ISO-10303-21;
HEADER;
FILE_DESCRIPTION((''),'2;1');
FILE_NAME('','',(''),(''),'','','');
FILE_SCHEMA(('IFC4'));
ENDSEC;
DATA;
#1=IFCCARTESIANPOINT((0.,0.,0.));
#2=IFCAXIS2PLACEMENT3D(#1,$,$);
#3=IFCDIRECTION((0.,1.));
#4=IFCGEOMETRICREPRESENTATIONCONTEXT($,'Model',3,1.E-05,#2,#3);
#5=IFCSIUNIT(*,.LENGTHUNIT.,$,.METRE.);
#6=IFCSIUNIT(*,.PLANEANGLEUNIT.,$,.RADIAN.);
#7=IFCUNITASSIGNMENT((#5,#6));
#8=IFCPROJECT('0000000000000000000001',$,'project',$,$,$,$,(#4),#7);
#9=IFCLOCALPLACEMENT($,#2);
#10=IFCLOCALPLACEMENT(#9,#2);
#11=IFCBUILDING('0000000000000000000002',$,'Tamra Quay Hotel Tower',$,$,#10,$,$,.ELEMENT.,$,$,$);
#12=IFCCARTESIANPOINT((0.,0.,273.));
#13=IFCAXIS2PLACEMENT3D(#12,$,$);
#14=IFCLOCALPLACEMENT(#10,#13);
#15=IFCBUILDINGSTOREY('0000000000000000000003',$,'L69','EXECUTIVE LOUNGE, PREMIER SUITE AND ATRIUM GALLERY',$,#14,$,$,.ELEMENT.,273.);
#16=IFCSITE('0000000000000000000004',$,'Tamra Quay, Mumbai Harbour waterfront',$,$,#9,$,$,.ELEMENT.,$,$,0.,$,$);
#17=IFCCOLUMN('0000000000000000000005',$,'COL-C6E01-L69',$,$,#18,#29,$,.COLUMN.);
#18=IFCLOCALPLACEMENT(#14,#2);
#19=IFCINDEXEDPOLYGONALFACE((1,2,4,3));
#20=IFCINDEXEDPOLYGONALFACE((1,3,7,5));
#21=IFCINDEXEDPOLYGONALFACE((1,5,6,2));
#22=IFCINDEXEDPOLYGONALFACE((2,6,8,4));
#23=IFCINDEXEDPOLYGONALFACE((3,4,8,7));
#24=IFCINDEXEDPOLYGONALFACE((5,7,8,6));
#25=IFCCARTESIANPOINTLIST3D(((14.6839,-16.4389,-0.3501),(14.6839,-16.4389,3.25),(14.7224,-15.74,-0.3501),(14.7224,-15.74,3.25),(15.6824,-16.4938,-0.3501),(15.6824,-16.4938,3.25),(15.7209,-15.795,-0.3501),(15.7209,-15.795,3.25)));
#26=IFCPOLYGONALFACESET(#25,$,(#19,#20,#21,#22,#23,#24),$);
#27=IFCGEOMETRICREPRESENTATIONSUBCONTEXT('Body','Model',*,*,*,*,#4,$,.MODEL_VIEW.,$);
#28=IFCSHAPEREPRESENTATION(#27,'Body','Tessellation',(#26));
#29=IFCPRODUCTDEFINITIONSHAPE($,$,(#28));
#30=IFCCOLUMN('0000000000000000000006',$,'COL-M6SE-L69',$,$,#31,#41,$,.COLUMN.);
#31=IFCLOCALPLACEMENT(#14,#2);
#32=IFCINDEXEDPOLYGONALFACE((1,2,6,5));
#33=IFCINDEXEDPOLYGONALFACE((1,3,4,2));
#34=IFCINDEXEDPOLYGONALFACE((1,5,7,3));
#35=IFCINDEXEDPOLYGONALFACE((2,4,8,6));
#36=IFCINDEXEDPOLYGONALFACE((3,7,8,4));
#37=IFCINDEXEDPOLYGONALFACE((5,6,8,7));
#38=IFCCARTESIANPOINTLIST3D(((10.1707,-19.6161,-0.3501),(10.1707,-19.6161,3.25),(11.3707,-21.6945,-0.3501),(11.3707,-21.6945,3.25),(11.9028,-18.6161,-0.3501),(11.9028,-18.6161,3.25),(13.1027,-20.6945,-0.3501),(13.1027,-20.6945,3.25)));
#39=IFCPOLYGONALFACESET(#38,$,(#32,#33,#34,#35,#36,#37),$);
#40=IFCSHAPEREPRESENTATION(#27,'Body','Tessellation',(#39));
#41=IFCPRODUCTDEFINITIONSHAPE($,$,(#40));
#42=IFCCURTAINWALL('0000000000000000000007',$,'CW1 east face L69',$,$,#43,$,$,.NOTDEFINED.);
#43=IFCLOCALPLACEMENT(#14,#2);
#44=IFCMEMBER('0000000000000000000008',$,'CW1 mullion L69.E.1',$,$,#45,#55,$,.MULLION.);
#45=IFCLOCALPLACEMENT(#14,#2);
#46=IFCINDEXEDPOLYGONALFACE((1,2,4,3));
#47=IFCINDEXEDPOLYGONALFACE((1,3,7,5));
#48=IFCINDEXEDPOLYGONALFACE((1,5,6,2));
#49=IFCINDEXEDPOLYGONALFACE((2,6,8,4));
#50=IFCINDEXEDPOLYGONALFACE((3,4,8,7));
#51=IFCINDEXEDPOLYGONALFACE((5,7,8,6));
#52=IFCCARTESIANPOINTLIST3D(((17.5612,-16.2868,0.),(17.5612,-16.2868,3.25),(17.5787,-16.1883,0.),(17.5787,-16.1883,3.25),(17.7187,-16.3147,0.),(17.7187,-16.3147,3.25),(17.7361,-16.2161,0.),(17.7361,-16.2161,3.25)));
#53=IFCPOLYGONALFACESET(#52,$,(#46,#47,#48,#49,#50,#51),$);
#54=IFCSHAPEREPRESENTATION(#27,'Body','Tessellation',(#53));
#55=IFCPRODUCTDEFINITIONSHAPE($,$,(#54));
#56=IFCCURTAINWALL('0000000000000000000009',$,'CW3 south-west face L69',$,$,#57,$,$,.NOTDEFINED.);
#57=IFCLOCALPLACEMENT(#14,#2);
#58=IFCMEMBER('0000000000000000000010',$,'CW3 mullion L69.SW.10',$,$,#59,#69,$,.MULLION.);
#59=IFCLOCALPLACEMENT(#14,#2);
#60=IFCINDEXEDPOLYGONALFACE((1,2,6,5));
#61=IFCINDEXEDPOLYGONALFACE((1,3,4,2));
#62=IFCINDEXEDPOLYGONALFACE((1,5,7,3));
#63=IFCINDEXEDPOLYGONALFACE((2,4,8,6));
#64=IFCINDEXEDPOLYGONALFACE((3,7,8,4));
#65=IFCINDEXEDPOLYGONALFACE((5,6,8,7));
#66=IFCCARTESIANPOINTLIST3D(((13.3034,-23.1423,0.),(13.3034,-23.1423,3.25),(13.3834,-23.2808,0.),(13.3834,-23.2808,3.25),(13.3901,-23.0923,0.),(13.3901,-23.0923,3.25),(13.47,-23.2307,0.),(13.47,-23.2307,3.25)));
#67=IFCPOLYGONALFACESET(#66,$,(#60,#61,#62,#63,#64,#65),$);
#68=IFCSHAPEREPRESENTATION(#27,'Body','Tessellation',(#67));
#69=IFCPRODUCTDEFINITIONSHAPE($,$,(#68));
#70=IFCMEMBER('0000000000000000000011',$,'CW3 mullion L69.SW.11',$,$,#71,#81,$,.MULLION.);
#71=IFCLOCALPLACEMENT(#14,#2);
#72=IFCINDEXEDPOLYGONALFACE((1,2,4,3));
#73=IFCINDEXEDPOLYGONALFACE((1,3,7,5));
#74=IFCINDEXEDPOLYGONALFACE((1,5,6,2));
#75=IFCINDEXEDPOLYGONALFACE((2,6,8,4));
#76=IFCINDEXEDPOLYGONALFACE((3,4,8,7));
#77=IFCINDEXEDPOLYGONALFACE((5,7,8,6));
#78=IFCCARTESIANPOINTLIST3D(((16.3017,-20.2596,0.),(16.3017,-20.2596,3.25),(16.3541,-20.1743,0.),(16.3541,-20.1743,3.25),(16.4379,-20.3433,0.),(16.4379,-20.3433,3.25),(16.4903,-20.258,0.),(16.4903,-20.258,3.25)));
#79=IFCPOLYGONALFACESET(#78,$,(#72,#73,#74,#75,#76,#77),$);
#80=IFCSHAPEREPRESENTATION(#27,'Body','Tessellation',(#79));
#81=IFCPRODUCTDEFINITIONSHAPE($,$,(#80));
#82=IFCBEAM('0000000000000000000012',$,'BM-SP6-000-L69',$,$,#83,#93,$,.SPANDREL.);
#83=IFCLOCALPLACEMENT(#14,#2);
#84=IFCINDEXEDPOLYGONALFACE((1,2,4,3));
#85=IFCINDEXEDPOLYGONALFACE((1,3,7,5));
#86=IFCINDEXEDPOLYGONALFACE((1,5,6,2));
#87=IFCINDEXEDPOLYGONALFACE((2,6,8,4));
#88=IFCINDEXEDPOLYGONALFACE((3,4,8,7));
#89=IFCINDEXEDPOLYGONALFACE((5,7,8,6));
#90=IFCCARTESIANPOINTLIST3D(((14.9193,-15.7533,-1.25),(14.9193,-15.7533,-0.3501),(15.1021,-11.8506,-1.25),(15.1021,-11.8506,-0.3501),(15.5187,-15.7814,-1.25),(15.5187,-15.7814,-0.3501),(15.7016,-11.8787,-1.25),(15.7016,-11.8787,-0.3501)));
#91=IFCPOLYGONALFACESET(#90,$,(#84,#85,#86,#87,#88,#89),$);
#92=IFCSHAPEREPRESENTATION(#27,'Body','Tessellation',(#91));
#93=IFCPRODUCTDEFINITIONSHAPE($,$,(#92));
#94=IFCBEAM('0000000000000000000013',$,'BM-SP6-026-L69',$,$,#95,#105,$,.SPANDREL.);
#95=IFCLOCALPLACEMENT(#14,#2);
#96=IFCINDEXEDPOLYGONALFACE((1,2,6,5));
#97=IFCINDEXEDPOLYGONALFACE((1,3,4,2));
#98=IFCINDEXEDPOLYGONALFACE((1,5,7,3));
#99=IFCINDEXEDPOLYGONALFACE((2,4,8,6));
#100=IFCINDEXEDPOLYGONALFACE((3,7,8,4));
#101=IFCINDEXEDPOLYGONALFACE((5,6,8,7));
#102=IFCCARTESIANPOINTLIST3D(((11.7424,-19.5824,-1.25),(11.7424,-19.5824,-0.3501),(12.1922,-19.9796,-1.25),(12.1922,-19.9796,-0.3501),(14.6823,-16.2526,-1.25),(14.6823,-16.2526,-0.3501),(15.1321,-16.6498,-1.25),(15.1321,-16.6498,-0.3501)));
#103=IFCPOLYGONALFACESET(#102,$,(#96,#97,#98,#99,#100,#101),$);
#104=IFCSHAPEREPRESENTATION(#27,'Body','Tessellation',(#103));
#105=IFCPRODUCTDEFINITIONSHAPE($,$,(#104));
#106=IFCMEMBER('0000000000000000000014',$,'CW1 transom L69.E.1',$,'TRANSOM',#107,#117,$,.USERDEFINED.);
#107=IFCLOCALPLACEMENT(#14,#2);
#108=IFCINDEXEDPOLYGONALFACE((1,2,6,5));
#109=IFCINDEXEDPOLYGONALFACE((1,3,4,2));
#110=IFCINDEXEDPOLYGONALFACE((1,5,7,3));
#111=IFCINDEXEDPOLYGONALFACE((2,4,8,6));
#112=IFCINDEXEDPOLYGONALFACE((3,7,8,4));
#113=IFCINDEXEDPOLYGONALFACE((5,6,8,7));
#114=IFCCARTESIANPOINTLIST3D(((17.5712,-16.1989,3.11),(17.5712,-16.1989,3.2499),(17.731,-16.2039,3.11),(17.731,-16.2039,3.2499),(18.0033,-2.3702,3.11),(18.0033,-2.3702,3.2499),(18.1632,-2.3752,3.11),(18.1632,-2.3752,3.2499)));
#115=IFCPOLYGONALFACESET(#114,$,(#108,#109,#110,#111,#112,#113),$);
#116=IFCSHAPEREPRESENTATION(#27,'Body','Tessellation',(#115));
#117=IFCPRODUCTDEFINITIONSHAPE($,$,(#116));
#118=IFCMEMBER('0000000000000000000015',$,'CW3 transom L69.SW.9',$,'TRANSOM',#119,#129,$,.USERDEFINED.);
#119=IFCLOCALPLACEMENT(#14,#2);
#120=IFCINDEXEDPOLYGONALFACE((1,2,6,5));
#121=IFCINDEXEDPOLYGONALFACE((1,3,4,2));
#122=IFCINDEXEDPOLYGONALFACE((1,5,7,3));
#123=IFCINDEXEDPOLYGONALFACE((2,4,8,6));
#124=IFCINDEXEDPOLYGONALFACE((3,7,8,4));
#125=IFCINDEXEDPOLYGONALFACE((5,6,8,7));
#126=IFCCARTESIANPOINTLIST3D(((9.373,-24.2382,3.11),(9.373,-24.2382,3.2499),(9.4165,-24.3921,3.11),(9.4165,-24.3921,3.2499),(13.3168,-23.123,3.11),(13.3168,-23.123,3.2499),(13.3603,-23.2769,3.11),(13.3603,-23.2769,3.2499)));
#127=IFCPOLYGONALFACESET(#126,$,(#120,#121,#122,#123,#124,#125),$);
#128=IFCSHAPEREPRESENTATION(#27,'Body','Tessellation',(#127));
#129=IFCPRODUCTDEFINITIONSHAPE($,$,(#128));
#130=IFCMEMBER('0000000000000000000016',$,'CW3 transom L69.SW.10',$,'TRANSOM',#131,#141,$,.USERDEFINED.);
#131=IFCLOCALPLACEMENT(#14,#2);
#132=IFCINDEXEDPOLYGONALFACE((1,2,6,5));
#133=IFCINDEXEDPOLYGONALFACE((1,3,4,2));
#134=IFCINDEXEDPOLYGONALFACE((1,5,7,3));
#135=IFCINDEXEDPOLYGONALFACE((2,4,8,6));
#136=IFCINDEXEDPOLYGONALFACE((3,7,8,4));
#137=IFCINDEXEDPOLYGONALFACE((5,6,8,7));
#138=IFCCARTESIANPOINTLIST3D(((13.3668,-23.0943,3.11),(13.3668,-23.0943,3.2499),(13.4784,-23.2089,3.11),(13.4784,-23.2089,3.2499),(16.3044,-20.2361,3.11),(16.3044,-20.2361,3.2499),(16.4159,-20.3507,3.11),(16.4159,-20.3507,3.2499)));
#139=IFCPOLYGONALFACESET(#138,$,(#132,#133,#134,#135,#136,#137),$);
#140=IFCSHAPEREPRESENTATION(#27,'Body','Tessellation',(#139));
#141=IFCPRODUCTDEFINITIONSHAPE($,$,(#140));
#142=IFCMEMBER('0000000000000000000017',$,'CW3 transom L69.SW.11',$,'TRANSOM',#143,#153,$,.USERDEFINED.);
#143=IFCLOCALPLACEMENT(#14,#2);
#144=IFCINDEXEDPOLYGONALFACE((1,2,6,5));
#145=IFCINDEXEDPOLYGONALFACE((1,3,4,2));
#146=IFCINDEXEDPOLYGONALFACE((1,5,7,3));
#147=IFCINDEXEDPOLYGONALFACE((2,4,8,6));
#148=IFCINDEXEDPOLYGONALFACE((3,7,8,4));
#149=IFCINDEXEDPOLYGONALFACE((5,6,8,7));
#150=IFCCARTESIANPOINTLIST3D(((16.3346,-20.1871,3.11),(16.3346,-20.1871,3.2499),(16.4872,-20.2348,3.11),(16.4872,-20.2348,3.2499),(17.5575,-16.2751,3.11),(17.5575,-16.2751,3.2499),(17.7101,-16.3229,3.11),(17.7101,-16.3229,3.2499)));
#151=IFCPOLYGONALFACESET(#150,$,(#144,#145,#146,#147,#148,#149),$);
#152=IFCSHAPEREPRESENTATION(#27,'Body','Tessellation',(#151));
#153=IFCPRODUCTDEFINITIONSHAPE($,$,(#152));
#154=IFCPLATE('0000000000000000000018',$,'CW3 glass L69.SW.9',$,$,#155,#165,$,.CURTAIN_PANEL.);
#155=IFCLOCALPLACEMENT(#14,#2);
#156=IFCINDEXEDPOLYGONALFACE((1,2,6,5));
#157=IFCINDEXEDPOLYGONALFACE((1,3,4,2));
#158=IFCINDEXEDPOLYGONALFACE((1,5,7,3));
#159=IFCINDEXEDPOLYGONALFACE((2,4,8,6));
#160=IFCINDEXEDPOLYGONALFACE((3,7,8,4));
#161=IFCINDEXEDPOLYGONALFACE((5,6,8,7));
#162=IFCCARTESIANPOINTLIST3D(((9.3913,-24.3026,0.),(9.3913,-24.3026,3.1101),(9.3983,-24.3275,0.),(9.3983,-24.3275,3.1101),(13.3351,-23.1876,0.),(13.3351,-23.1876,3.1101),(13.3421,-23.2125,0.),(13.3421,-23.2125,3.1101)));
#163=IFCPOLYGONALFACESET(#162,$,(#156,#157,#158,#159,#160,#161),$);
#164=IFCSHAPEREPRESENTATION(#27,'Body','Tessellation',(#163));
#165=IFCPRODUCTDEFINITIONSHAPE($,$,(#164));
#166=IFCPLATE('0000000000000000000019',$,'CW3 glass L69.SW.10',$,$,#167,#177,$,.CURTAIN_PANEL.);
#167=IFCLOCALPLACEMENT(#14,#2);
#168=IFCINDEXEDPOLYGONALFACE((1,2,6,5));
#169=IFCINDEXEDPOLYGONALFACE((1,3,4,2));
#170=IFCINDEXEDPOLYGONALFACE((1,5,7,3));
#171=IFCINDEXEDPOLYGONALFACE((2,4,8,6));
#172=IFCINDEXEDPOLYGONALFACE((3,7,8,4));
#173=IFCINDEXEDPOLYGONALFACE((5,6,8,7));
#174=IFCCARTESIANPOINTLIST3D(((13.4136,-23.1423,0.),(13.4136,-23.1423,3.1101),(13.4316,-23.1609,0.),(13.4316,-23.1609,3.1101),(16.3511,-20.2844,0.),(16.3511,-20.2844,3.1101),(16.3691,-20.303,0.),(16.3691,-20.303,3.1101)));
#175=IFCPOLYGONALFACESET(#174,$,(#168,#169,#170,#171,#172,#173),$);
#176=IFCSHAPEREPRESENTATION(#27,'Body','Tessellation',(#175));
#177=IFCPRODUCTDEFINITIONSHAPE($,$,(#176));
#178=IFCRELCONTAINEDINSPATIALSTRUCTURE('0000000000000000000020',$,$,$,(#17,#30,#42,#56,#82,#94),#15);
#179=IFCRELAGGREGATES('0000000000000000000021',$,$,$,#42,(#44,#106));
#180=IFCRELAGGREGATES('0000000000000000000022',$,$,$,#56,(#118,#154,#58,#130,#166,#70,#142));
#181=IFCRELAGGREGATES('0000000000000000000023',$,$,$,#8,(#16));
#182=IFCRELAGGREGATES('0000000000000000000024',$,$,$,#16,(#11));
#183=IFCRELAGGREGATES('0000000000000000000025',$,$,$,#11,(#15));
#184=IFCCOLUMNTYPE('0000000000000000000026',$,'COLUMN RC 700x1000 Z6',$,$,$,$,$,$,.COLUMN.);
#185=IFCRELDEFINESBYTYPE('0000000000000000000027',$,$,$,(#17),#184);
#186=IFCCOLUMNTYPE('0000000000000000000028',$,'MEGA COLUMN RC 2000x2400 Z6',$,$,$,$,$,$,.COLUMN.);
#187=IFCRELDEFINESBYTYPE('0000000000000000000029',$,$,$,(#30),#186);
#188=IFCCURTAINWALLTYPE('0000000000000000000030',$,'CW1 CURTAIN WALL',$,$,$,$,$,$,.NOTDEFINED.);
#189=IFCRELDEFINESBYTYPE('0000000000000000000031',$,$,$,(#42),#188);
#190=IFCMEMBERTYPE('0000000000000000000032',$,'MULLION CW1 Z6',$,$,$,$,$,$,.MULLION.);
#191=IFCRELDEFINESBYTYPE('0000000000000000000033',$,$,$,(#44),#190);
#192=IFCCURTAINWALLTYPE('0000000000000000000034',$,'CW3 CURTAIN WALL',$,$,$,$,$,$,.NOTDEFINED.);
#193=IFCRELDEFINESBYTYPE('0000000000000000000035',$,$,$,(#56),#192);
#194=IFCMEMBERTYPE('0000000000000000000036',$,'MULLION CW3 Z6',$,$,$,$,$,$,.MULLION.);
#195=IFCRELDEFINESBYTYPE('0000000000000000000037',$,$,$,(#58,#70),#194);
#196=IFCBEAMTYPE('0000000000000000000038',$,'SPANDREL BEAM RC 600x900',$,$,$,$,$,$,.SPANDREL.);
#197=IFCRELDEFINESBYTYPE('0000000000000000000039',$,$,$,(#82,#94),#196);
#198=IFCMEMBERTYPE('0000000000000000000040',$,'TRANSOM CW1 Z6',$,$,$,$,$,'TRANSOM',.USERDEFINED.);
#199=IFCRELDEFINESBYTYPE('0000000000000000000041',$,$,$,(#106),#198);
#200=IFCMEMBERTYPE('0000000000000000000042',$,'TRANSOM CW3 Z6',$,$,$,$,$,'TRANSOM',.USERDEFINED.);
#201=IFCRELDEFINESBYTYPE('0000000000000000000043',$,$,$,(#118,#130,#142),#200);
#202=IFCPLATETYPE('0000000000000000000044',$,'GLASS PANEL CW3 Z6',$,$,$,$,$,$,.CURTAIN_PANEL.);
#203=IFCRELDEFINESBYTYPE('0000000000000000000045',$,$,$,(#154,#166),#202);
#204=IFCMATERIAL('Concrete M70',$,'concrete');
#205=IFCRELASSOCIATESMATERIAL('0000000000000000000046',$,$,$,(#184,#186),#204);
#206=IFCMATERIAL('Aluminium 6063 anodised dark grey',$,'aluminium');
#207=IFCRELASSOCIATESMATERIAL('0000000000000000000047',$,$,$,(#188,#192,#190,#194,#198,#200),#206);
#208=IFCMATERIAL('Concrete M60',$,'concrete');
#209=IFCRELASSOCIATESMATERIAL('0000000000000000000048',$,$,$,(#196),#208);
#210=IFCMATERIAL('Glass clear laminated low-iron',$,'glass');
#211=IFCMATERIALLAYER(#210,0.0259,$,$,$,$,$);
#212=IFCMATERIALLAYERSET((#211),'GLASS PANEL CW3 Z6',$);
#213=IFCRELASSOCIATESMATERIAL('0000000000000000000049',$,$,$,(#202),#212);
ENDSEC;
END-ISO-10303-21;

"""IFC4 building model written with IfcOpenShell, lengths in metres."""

from ifc_helpers import new_model, si_unit, direction, frame, origin, origin_2d, place, context, subcontext, project, spatial, rectangle, extrude, material, layer, layer_set, material_profile, profile_set, type_object, element, aggregate, save


model = new_model("IFC4")

# Units and contexts
model_context = context("Model", 3, precision=1e-05, world=origin(), true_north=direction((0.0, 1.0)))
body_context = subcontext(model_context, "Body", "Model", "MODEL_VIEW")
ifc_project = project(units=[si_unit("LENGTHUNIT", "METRE"), si_unit("PLANEANGLEUNIT", "RADIAN")], contexts=[model_context])

# Site, building, storey
site_placement = place(None, origin())
site = spatial("IfcSite", under=ifc_project, at=site_placement, Name="Tamra Quay, Mumbai Harbour waterfront", CompositionType="ELEMENT", RefElevation=0.0)
building_placement = place(site_placement, origin())
building = spatial("IfcBuilding", under=site, at=building_placement, Name="Tamra Quay Hotel Tower", CompositionType="ELEMENT")
storey_placement = place(building_placement, frame((0.0, 0.0, 273.0)))
storey = spatial("IfcBuildingStorey", under=building, at=storey_placement, Name="L69", Description="EXECUTIVE LOUNGE, PREMIER SUITE AND ATRIUM GALLERY", CompositionType="ELEMENT", Elevation=273.0)

# Columns
ifc_material_1 = material(Name="Concrete M70", Category="concrete")
ifc_material_profile_1 = material_profile(ifc_material_1, rectangle(XDim=1.0, YDim=0.7, at=origin_2d()), Name="COLUMN RC 700x1000 Z6")
ifc_profile_set_1 = profile_set([ifc_material_profile_1], Name="Concrete M70")
column_type_1 = type_object("IfcColumnType", Name="COLUMN RC 700x1000 Z6", PredefinedType="COLUMN", material=ifc_profile_set_1)
column_1_placement = place(storey_placement, frame((15.2024, -16.1169, -0.3501), z_axis=(0.0, 0.0, 1.0), x_axis=(-0.998491, 0.054917, 0.0)))
element("IfcColumn", 1, at=column_1_placement, inside=storey, type_object=column_type_1, Name="COL-C6E01-L69", PredefinedType="COLUMN", context=body_context, shape_type="SweptSolid", body=[
    extrude(rectangle(XDim=1.0, YDim=0.7, at=origin_2d()), origin(), (0.0, 0.0, 1.0), 3.6001),
])
ifc_material_profile_2 = material_profile(ifc_material_1, rectangle(XDim=2.3999, YDim=2.0, at=origin_2d()), Name="MEGA COLUMN RC 2000x2400 Z6")
ifc_profile_set_2 = profile_set([ifc_material_profile_2], Name="Concrete M70")
column_type_2 = type_object("IfcColumnType", Name="MEGA COLUMN RC 2000x2400 Z6", PredefinedType="COLUMN", material=ifc_profile_set_2)
column_2_placement = place(storey_placement, frame((11.6367, -20.1553, -0.3501), z_axis=(0.0, 0.0, 1.0), x_axis=(-0.5, 0.866025, 0.0)))
element("IfcColumn", 2, at=column_2_placement, inside=storey, type_object=column_type_2, Name="COL-M6SE-L69", PredefinedType="COLUMN", context=body_context, shape_type="SweptSolid", body=[
    extrude(rectangle(XDim=2.3999, YDim=2.0, at=origin_2d()), origin(), (0.0, 0.0, 1.0), 3.6001),
])

# Curtain wall, member
ifc_material_2 = material(Name="Aluminium 6063 anodised dark grey", Category="aluminium")
curtain_wall_type_1 = type_object("IfcCurtainWallType", Name="CW1 CURTAIN WALL", PredefinedType="NOTDEFINED", material=ifc_material_2)
curtain_wall_1_placement = place(storey_placement, origin())
curtain_wall_1 = element("IfcCurtainWall", 3, at=curtain_wall_1_placement, inside=storey, type_object=curtain_wall_type_1, Name="CW1 east face L69", PredefinedType="NOTDEFINED")
ifc_material_profile_3 = material_profile(ifc_material_2, rectangle(XDim=0.1599, YDim=0.1001, at=origin_2d()), Name="MULLION 100X160")
ifc_profile_set_3 = profile_set([ifc_material_profile_3], Name="Aluminium 6063 anodised dark grey")
member_type_1 = type_object("IfcMemberType", Name="MULLION CW1 Z6", PredefinedType="MULLION", material=ifc_profile_set_3)
member_1_placement = place(storey_placement, frame((17.6487, -16.2515, 0.0), z_axis=(0.0, 0.0, 1.0), x_axis=(0.98474, -0.174032, 0.0)))
member_1 = element("IfcMember", 4, at=member_1_placement, type_object=member_type_1, Name="CW1 mullion L69.E.1", PredefinedType="MULLION", context=body_context, shape_type="SweptSolid", body=[
    extrude(rectangle(XDim=0.1599, YDim=0.1001, at=origin_2d()), origin(), (0.0, 0.0, 1.0), 3.25),
])

# Curtain wall, members
curtain_wall_type_2 = type_object("IfcCurtainWallType", Name="CW3 CURTAIN WALL", PredefinedType="NOTDEFINED", material=ifc_material_2)
curtain_wall_2_placement = place(storey_placement, origin())
curtain_wall_2 = element("IfcCurtainWall", 5, at=curtain_wall_2_placement, inside=storey, type_object=curtain_wall_type_2, Name="CW3 south-west face L69", PredefinedType="NOTDEFINED")
ifc_material_profile_4 = material_profile(ifc_material_2, rectangle(XDim=0.1599, YDim=0.1001, at=origin_2d()), Name="MULLION 100X160")
ifc_profile_set_4 = profile_set([ifc_material_profile_4], Name="Aluminium 6063 anodised dark grey")
member_type_2 = type_object("IfcMemberType", Name="MULLION CW3 Z6", PredefinedType="MULLION", material=ifc_profile_set_4)
member_2_placement = place(storey_placement, frame((13.3867, -23.1865, 0.0), z_axis=(0.0, 0.0, 1.0), x_axis=(0.5, -0.866025, 0.0)))
member_2 = element("IfcMember", 6, at=member_2_placement, type_object=member_type_2, Name="CW3 mullion L69.SW.10", PredefinedType="MULLION", context=body_context, shape_type="SweptSolid", body=[
    extrude(rectangle(XDim=0.1599, YDim=0.1001, at=origin_2d()), origin(), (0.0, 0.0, 1.0), 3.25),
])
member_3_placement = place(storey_placement, frame((16.396, -20.2588, 0.0), z_axis=(0.0, 0.0, 1.0), x_axis=(0.851964, -0.5236, 0.0)))
member_3 = element("IfcMember", 7, at=member_3_placement, type_object=member_type_2, Name="CW3 mullion L69.SW.11", PredefinedType="MULLION", context=body_context, shape_type="SweptSolid", body=[
    extrude(rectangle(XDim=0.1599, YDim=0.1001, at=origin_2d()), origin(), (0.0, 0.0, 1.0), 3.25),
])

# Beams
ifc_material_3 = material(Name="Concrete M60", Category="concrete")
ifc_material_profile_5 = material_profile(ifc_material_3, rectangle(XDim=0.6001, YDim=0.8999, at=origin_2d()), Name="SPANDREL BEAM RC 600x900")
ifc_profile_set_5 = profile_set([ifc_material_profile_5], Name="Concrete M60")
beam_type = type_object("IfcBeamType", Name="SPANDREL BEAM RC 600x900", PredefinedType="SPANDREL", material=ifc_profile_set_5)
beam_1_placement = place(storey_placement, frame((15.219, -15.7673, -0.8), z_axis=(0.046805, 0.998904, 0.0), x_axis=(-0.998904, 0.046805, 0.0)))
element("IfcBeam", 8, at=beam_1_placement, inside=storey, type_object=beam_type, Name="BM-SP6-000-L69", PredefinedType="SPANDREL", context=body_context, shape_type="SweptSolid", body=[
    extrude(rectangle(XDim=0.6001, YDim=0.8999, at=origin_2d()), origin(), (0.0, 0.0, 1.0), 3.907),
])
beam_2_placement = place(storey_placement, frame((11.9673, -19.781, -0.8), z_axis=(0.661856, 0.749631, 0.0), x_axis=(-0.749631, 0.661856, 0.0)))
element("IfcBeam", 9, at=beam_2_placement, inside=storey, type_object=beam_type, Name="BM-SP6-026-L69", PredefinedType="SPANDREL", context=body_context, shape_type="SweptSolid", body=[
    extrude(rectangle(XDim=0.6001, YDim=0.8999, at=origin_2d()), origin(), (0.0, 0.0, 1.0), 4.4419),
])

# Members
ifc_material_profile_6 = material_profile(ifc_material_2, rectangle(XDim=0.1599, YDim=0.1399, at=origin_2d()), Name="TRANSOM 160X140")
ifc_profile_set_6 = profile_set([ifc_material_profile_6], Name="Aluminium 6063 anodised dark grey")
member_type_3 = type_object("IfcMemberType", Name="TRANSOM CW1 Z6", ElementType="TRANSOM", PredefinedType="USERDEFINED", material=ifc_profile_set_6)
member_4_placement = place(storey_placement, frame((17.6511, -16.2014, 3.1799), z_axis=(0.031234, 0.999512, 0.0), x_axis=(-0.999512, 0.031234, 0.0)))
member_4 = element("IfcMember", 10, at=member_4_placement, type_object=member_type_3, Name="CW1 transom L69.E.1", ObjectType="TRANSOM", PredefinedType="USERDEFINED", context=body_context, shape_type="SweptSolid", body=[
    extrude(rectangle(XDim=0.1599, YDim=0.1399, at=origin_2d()), origin(), (0.0, 0.0, 1.0), 13.8354),
])
aggregate(curtain_wall_1, [member_1, member_4])
ifc_material_profile_7 = material_profile(ifc_material_2, rectangle(XDim=0.1599, YDim=0.1399, at=origin_2d()), Name="TRANSOM 160X140")
ifc_profile_set_7 = profile_set([ifc_material_profile_7], Name="Aluminium 6063 anodised dark grey")
member_type_4 = type_object("IfcMemberType", Name="TRANSOM CW3 Z6", ElementType="TRANSOM", PredefinedType="USERDEFINED", material=ifc_profile_set_7)
member_5_placement = place(storey_placement, frame((9.3948, -24.3152, 3.1799), z_axis=(0.962267, 0.272108, 0.0), x_axis=(-0.272108, 0.962267, 0.0)))
member_5 = element("IfcMember", 11, at=member_5_placement, type_object=member_type_4, Name="CW3 transom L69.SW.9", ObjectType="TRANSOM", PredefinedType="USERDEFINED", context=body_context, shape_type="SweptSolid", body=[
    extrude(rectangle(XDim=0.1599, YDim=0.1399, at=origin_2d()), origin(), (0.0, 0.0, 1.0), 4.0984),
])
member_6_placement = place(storey_placement, frame((13.4226, -23.1516, 3.1799), z_axis=(0.71672, 0.697361, 0.0), x_axis=(-0.697361, 0.71672, 0.0)))
member_6 = element("IfcMember", 12, at=member_6_placement, type_object=member_type_4, Name="CW3 transom L69.SW.10", ObjectType="TRANSOM", PredefinedType="USERDEFINED", context=body_context, shape_type="SweptSolid", body=[
    extrude(rectangle(XDim=0.1599, YDim=0.1399, at=origin_2d()), origin(), (0.0, 0.0, 1.0), 4.0986),
])
member_7_placement = place(storey_placement, frame((16.4109, -20.2109, 3.1799), z_axis=(0.298373, 0.954449, 0.0), x_axis=(-0.954449, 0.298373, 0.0)))
member_7 = element("IfcMember", 13, at=member_7_placement, type_object=member_type_4, Name="CW3 transom L69.SW.11", ObjectType="TRANSOM", PredefinedType="USERDEFINED", context=body_context, shape_type="SweptSolid", body=[
    extrude(rectangle(XDim=0.1599, YDim=0.1399, at=origin_2d()), origin(), (0.0, 0.0, 1.0), 4.0986),
])

# Plates
ifc_material_4 = material(Name="Glass clear laminated low-iron", Category="glass")
ifc_layer_1 = layer(ifc_material_4, 0.0259)
ifc_layer_set_1 = layer_set([ifc_layer_1], Name="GLASS PANEL CW3 Z6")
plate_type = type_object("IfcPlateType", Name="GLASS PANEL CW3 Z6", PredefinedType="CURTAIN_PANEL", material=ifc_layer_set_1)
plate_1_placement = place(storey_placement, frame((11.3667, -23.7576, 0.0), z_axis=(0.0, 0.0, 1.0), x_axis=(0.96228, 0.272062, 0.0)))
plate_1 = element("IfcPlate", 14, at=plate_1_placement, type_object=plate_type, Name="CW3 glass L69.SW.9", PredefinedType="CURTAIN_PANEL", context=body_context, shape_type="SweptSolid", body=[
    extrude(rectangle(XDim=4.0984, YDim=0.0259, at=origin_2d()), origin(), (0.0, 0.0, 1.0), 3.1101),
])
plate_2_placement = place(storey_placement, frame((14.8914, -21.7227, 0.0), z_axis=(0.0, 0.0, 1.0), x_axis=(0.716753, 0.697327, 0.0)))
plate_2 = element("IfcPlate", 15, at=plate_2_placement, type_object=plate_type, Name="CW3 glass L69.SW.10", PredefinedType="CURTAIN_PANEL", context=body_context, shape_type="SweptSolid", body=[
    extrude(rectangle(XDim=4.0984, YDim=0.0259, at=origin_2d()), origin(), (0.0, 0.0, 1.0), 3.1101),
])
aggregate(curtain_wall_2, [member_5, plate_1, member_2, member_6, plate_2, member_3, member_7])

save(model, "model.ifc")
